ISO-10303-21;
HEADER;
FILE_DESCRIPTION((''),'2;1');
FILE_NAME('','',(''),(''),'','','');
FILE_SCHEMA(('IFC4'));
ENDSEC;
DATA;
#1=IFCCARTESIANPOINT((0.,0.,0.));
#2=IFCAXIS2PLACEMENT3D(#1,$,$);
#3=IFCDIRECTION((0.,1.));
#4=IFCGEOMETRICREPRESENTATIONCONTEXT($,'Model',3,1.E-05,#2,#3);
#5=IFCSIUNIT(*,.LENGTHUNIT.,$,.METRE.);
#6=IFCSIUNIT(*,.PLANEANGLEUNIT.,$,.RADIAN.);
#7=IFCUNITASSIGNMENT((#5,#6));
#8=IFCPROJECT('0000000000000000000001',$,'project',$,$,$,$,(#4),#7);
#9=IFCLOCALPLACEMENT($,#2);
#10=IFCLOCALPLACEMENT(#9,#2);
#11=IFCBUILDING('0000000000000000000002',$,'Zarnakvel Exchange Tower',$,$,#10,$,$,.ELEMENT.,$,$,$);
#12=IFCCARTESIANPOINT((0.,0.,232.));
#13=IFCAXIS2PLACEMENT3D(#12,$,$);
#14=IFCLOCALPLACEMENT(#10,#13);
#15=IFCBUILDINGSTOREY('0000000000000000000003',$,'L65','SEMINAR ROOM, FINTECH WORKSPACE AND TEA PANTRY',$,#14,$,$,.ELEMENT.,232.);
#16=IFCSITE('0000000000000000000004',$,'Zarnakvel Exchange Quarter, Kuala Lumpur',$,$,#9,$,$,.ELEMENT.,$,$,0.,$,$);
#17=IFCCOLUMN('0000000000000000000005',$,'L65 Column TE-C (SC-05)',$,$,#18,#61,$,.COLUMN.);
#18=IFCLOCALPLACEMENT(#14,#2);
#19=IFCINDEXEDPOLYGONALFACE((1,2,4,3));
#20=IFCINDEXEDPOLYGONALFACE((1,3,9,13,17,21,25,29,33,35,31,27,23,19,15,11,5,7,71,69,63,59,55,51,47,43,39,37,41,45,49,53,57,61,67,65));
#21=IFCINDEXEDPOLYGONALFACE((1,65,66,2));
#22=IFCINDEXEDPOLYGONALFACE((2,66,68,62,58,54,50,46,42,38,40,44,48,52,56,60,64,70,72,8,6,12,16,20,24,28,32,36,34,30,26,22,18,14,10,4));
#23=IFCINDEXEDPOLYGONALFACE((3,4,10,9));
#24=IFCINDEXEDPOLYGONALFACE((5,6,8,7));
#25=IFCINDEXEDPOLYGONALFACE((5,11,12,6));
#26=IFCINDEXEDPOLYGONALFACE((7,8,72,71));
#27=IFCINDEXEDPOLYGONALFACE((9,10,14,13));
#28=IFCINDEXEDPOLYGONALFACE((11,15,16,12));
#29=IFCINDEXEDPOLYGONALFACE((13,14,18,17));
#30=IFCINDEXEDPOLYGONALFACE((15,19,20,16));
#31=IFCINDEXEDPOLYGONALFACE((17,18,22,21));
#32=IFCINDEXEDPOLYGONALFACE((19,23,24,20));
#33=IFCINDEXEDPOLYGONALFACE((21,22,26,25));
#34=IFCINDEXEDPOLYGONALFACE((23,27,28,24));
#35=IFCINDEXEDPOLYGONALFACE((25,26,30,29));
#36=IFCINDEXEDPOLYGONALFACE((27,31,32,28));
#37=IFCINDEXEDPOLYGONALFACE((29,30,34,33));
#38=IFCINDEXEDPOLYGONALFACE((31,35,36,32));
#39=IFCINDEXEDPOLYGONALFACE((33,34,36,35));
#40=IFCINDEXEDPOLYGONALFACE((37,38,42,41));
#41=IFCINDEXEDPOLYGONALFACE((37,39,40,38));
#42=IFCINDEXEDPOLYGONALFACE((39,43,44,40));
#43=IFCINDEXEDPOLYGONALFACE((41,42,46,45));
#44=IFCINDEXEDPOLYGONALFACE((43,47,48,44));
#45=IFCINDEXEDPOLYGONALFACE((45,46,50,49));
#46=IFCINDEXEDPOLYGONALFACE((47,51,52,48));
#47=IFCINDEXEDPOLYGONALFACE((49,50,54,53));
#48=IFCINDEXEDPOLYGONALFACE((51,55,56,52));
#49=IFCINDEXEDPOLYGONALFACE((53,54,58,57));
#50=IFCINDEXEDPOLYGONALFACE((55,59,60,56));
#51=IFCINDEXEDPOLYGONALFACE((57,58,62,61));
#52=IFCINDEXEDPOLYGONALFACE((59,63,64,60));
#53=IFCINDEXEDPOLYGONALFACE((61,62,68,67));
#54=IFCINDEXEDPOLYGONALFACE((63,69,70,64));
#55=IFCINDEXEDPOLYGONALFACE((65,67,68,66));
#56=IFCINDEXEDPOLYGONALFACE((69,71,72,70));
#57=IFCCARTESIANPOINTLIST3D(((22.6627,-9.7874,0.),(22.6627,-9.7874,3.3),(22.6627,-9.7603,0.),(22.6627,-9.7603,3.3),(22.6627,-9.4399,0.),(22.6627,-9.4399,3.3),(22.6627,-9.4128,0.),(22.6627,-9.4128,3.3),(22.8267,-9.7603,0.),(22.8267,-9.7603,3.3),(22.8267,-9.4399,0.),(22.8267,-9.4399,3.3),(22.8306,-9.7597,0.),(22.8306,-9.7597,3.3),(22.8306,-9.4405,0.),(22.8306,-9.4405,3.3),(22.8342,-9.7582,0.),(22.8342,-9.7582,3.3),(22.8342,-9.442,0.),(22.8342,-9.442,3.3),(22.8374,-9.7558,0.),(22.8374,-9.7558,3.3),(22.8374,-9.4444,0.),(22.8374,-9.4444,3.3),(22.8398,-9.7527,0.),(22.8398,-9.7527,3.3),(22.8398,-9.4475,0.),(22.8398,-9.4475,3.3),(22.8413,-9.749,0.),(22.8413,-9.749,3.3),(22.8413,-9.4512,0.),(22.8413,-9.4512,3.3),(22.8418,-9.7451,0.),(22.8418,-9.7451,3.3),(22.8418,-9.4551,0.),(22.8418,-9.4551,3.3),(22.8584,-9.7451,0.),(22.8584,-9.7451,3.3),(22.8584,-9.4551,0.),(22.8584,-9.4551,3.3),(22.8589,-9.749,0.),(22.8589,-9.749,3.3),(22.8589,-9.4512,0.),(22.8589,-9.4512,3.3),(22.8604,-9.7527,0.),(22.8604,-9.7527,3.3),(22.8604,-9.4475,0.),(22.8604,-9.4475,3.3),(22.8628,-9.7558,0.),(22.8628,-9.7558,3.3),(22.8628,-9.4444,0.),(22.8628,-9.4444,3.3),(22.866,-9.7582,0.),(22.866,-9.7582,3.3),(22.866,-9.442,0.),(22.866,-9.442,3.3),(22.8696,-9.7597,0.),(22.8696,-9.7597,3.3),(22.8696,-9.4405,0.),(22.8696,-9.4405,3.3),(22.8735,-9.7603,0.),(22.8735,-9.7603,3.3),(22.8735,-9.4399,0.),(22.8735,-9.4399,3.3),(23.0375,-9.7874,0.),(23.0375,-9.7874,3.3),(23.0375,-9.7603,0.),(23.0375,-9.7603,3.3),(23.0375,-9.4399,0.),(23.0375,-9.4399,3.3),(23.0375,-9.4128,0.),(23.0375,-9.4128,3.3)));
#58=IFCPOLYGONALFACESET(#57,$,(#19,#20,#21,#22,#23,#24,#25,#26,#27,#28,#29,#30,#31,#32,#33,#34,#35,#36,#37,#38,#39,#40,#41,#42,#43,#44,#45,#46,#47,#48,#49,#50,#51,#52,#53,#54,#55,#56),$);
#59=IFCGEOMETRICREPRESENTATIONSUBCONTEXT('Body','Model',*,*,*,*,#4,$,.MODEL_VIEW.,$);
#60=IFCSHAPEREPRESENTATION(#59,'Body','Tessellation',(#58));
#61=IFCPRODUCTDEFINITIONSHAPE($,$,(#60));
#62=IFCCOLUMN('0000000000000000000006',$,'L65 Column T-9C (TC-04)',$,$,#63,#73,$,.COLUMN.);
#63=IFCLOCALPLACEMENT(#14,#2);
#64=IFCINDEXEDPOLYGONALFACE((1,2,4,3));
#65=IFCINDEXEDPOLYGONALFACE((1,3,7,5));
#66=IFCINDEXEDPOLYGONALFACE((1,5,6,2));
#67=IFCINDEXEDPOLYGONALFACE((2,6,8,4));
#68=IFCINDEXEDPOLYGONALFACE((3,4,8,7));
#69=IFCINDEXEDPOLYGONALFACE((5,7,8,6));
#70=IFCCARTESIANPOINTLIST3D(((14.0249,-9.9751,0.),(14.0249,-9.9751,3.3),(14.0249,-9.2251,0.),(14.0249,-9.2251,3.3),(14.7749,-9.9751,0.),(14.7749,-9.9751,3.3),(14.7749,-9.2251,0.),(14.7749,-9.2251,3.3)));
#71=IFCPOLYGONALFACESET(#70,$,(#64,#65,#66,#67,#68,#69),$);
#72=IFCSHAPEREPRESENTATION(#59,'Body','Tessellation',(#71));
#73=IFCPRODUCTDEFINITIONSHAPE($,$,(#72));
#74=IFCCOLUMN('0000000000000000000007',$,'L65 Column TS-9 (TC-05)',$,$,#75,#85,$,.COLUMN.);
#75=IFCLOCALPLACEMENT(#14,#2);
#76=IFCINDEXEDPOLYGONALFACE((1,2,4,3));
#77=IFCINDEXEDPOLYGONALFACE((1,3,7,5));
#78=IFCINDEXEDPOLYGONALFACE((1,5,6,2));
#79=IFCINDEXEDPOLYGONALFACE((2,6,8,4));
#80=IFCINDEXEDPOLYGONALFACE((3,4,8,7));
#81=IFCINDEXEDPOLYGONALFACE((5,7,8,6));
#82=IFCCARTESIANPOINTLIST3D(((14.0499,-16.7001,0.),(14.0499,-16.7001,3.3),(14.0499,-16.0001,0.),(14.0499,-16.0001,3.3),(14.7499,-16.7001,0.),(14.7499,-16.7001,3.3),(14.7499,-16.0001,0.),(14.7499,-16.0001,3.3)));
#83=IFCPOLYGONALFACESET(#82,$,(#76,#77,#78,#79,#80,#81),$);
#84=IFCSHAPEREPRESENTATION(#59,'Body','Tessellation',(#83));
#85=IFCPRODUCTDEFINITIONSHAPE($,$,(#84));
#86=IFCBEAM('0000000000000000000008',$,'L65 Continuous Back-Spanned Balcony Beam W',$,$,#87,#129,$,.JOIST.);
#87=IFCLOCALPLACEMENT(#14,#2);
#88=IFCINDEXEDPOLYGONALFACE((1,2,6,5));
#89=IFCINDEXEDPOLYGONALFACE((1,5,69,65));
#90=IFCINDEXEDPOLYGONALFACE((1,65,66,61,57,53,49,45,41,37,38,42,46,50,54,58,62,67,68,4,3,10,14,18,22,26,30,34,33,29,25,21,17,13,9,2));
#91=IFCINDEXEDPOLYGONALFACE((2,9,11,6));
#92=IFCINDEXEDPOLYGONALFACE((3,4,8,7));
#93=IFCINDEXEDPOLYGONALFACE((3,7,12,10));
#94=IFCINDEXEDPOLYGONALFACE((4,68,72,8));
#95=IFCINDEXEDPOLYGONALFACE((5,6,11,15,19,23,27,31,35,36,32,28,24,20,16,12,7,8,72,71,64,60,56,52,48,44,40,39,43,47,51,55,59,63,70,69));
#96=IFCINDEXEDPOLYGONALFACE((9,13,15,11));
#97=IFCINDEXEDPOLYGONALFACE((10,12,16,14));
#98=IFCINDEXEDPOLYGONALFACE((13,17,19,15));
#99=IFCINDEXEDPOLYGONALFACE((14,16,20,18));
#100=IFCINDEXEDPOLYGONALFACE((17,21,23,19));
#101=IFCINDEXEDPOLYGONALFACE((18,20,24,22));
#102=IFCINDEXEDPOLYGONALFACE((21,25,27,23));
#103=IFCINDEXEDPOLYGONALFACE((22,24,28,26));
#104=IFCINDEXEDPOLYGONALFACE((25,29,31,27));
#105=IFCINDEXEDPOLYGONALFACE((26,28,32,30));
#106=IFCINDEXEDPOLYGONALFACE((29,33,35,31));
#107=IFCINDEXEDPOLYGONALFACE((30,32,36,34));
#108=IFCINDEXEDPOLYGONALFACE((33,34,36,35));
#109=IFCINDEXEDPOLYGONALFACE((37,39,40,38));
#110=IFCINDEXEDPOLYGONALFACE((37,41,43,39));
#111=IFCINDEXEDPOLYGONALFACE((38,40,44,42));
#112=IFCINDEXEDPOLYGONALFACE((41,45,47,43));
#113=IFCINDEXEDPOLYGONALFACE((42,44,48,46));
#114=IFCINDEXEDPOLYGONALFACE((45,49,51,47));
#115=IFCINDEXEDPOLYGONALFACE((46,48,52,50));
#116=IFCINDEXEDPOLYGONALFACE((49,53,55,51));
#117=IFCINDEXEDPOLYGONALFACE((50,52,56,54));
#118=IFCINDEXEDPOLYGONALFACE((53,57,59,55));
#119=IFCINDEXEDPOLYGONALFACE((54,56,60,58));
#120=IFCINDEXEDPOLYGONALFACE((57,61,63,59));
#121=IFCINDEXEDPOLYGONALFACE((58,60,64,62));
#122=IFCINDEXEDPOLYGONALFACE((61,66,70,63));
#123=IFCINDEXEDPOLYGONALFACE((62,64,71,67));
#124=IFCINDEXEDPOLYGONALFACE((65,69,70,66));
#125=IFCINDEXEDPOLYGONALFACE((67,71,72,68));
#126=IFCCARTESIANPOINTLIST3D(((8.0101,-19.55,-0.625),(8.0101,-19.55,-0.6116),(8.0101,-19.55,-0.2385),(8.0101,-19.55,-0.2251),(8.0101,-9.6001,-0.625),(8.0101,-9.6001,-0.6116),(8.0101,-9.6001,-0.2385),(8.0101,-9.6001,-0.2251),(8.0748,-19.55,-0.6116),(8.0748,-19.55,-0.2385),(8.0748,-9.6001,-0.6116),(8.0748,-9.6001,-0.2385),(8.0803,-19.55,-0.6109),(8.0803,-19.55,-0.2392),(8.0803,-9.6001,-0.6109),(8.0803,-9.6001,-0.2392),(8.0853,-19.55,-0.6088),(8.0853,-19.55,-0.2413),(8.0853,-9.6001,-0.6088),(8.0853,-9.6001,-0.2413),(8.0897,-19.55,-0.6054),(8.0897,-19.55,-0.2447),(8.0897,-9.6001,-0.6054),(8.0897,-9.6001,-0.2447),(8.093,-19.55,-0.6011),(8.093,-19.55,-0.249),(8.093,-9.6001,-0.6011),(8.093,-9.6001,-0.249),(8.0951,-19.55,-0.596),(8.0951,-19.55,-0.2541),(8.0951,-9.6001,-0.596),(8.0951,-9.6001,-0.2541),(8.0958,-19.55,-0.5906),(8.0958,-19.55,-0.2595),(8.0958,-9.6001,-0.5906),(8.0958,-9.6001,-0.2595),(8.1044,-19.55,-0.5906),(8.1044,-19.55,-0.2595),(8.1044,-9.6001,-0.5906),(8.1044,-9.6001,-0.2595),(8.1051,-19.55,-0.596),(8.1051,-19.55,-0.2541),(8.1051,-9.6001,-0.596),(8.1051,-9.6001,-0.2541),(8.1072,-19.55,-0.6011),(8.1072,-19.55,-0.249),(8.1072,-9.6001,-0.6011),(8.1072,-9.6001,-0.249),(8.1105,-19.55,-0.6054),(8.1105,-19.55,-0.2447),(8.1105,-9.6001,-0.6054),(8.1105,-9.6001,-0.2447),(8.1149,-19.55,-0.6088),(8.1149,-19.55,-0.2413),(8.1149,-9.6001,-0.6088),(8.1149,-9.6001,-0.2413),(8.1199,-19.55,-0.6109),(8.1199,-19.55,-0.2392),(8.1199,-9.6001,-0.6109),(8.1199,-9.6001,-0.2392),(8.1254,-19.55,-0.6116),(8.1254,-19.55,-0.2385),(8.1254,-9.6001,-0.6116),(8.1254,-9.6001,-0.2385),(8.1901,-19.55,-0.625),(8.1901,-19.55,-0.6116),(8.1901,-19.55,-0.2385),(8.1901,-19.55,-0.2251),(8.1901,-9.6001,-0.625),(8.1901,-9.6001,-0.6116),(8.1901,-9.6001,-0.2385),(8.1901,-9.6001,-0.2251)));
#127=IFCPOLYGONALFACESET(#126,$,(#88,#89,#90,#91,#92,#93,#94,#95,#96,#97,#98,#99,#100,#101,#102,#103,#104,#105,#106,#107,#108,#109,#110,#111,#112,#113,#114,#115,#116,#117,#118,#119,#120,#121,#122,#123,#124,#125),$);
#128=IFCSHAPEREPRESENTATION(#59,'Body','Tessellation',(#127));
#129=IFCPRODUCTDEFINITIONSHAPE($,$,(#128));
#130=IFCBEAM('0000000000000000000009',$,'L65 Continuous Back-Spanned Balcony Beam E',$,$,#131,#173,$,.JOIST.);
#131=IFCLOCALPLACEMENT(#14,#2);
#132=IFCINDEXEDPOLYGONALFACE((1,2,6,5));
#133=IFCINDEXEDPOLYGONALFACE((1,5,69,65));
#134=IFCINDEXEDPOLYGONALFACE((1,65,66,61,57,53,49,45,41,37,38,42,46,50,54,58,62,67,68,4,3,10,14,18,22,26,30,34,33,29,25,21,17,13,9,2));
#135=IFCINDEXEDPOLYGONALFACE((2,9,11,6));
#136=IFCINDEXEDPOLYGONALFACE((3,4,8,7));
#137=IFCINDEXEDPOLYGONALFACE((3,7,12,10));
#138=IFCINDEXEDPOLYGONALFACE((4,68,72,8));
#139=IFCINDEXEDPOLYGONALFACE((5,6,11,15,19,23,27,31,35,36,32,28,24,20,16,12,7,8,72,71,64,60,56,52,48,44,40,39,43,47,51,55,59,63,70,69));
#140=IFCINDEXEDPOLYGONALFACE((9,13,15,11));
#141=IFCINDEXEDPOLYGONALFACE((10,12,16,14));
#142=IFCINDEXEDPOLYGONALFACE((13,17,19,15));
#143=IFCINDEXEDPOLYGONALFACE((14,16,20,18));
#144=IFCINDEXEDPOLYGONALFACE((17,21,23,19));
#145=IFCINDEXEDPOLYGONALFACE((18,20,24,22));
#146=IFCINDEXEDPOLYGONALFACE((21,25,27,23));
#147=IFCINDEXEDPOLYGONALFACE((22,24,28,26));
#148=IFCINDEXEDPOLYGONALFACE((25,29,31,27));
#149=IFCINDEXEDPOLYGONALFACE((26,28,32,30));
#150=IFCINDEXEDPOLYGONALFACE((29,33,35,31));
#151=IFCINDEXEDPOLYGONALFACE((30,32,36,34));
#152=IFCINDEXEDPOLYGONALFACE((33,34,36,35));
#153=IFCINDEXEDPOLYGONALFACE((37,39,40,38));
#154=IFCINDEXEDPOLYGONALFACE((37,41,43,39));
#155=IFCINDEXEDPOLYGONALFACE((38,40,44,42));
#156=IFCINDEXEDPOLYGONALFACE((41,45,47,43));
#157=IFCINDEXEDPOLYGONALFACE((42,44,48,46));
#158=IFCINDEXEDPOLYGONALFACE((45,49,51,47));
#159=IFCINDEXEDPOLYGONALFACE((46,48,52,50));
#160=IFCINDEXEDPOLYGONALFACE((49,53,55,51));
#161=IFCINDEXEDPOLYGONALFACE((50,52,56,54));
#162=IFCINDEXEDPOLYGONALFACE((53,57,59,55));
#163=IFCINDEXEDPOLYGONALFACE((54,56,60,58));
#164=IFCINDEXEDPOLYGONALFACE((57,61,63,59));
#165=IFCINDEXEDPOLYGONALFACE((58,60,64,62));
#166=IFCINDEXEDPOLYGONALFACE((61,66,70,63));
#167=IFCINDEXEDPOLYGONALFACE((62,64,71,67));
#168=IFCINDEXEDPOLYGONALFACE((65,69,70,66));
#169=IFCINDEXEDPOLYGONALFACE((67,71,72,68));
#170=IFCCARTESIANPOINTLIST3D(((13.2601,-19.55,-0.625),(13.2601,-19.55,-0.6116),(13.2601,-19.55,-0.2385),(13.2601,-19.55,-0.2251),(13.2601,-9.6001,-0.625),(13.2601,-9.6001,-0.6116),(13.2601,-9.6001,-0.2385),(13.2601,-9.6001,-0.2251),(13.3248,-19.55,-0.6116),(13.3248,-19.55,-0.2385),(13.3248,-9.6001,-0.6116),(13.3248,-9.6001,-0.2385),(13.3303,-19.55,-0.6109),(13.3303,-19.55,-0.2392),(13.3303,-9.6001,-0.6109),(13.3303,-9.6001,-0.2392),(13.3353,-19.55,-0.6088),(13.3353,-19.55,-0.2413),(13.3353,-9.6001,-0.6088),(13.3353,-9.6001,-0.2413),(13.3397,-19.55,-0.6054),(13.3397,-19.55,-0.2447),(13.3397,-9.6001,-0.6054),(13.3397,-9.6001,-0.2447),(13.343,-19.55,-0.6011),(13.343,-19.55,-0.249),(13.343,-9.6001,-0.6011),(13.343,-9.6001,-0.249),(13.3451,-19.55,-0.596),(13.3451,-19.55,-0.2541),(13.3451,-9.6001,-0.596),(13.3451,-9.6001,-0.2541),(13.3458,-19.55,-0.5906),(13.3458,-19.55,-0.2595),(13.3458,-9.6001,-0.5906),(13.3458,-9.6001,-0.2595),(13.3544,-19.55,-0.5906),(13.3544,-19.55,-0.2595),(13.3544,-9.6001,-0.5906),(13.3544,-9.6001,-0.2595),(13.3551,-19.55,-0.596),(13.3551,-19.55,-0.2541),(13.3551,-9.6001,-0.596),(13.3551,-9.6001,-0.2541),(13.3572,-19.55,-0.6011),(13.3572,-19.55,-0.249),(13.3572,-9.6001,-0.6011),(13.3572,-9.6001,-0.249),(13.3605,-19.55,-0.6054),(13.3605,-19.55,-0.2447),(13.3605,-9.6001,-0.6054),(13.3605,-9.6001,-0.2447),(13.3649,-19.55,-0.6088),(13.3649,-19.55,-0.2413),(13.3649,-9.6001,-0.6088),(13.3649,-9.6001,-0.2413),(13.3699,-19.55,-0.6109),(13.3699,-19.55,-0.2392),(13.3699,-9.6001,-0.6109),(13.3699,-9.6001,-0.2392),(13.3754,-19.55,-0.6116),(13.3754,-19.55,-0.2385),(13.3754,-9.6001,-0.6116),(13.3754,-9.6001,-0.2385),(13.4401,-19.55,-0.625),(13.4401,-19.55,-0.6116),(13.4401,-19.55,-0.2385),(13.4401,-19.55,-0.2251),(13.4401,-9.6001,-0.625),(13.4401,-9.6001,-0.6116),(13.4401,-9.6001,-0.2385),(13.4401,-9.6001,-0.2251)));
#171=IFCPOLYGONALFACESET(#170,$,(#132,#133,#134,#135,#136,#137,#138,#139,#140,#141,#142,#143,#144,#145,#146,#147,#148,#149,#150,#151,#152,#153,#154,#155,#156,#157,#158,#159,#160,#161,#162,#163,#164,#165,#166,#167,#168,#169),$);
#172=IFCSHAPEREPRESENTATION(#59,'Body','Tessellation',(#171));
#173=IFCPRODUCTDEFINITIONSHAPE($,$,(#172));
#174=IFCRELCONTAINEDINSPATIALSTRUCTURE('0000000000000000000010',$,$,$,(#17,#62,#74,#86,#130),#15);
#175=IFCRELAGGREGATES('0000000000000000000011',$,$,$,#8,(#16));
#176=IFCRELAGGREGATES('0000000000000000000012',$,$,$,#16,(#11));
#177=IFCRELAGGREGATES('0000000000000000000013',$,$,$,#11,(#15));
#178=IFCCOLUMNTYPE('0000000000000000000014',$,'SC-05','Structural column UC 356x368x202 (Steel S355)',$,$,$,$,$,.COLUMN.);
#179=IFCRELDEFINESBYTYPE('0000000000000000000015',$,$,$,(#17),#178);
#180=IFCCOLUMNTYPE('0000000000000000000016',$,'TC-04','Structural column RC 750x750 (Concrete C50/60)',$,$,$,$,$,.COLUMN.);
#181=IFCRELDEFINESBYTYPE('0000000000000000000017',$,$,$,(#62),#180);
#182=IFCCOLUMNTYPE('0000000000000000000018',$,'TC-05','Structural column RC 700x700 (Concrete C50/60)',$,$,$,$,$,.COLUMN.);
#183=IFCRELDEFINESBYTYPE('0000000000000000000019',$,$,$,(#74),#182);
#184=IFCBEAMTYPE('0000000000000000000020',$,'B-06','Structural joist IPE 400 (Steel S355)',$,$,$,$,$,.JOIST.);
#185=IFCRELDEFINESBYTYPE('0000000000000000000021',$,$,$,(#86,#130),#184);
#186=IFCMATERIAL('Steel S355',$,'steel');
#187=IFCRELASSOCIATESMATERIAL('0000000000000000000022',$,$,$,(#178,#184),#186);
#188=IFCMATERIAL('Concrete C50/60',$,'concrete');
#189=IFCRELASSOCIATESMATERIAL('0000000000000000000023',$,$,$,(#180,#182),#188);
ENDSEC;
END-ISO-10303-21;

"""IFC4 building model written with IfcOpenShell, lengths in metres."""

from ifc_helpers import new_model, si_unit, direction, frame, origin, origin_2d, place, context, subcontext, project, spatial, rectangle, i_section, extrude, material, material_profile, profile_set, type_object, element, save


model = new_model("IFC4")

# Units and contexts
model_context = context("Model", 3, precision=1e-05, world=origin(), true_north=direction((0.0, 1.0)))
body_context = subcontext(model_context, "Body", "Model", "MODEL_VIEW")
ifc_project = project(units=[si_unit("LENGTHUNIT", "METRE"), si_unit("PLANEANGLEUNIT", "RADIAN")], contexts=[model_context])

# Site, building, storey
site_placement = place(None, origin())
site = spatial("IfcSite", under=ifc_project, at=site_placement, Name="Zarnakvel Exchange Quarter, Kuala Lumpur", CompositionType="ELEMENT", RefElevation=0.0)
building_placement = place(site_placement, origin())
building = spatial("IfcBuilding", under=site, at=building_placement, Name="Zarnakvel Exchange Tower", CompositionType="ELEMENT")
storey_placement = place(building_placement, frame((0.0, 0.0, 232.0)))
storey = spatial("IfcBuildingStorey", under=building, at=storey_placement, Name="L65", Description="SEMINAR ROOM, FINTECH WORKSPACE AND TEA PANTRY", CompositionType="ELEMENT", Elevation=232.0)

# Columns
ifc_material_1 = material(Name="Steel S355", Category="steel")
ifc_material_profile_1 = material_profile(ifc_material_1, i_section(OverallWidth=0.3748, OverallDepth=0.3745, WebThickness=0.0166, FlangeThickness=0.0271, FilletRadius=0.0151, at=origin_2d()))
ifc_profile_set_1 = profile_set([ifc_material_profile_1], Name="Steel S355")
column_type_1 = type_object("IfcColumnType", Name="SC-05", Description="Structural column UC 356x368x202 (Steel S355)", PredefinedType="COLUMN", material=ifc_profile_set_1)
column_1_placement = place(storey_placement, frame((22.8501, -9.6001, 0.0), z_axis=(0.0, 0.0, 1.0), x_axis=(1.0, 0.0, 0.0)))
element("IfcColumn", 1, at=column_1_placement, inside=storey, type_object=column_type_1, Name="L65 Column TE-C (SC-05)", PredefinedType="COLUMN", context=body_context, shape_type="SweptSolid", body=[
    extrude(i_section(OverallWidth=0.3748, OverallDepth=0.3745, WebThickness=0.0166, FlangeThickness=0.0271, FilletRadius=0.0151, at=origin_2d()), origin(), (0.0, 0.0, 1.0), 3.3),
])
ifc_material_2 = material(Name="Concrete C50/60", Category="concrete")
ifc_material_profile_2 = material_profile(ifc_material_2, rectangle(XDim=0.75, YDim=0.75, at=origin_2d()))
ifc_profile_set_2 = profile_set([ifc_material_profile_2], Name="Concrete C50/60")
column_type_2 = type_object("IfcColumnType", Name="TC-04", Description="Structural column RC 750x750 (Concrete C50/60)", PredefinedType="COLUMN", material=ifc_profile_set_2)
column_2_placement = place(storey_placement, frame((14.3999, -9.6001, 0.0), z_axis=(0.0, 0.0, 1.0), x_axis=(1.0, 0.0, 0.0)))
element("IfcColumn", 2, at=column_2_placement, inside=storey, type_object=column_type_2, Name="L65 Column T-9C (TC-04)", PredefinedType="COLUMN", context=body_context, shape_type="SweptSolid", body=[
    extrude(rectangle(XDim=0.75, YDim=0.75, at=origin_2d()), origin(), (0.0, 0.0, 1.0), 3.3),
])
ifc_material_profile_3 = material_profile(ifc_material_2, rectangle(XDim=0.7, YDim=0.7, at=origin_2d()))
ifc_profile_set_3 = profile_set([ifc_material_profile_3], Name="Concrete C50/60")
column_type_3 = type_object("IfcColumnType", Name="TC-05", Description="Structural column RC 700x700 (Concrete C50/60)", PredefinedType="COLUMN", material=ifc_profile_set_3)
column_3_placement = place(storey_placement, frame((14.3999, -16.3501, 0.0), z_axis=(0.0, 0.0, 1.0), x_axis=(1.0, 0.0, 0.0)))
element("IfcColumn", 3, at=column_3_placement, inside=storey, type_object=column_type_3, Name="L65 Column TS-9 (TC-05)", PredefinedType="COLUMN", context=body_context, shape_type="SweptSolid", body=[
    extrude(rectangle(XDim=0.7, YDim=0.7, at=origin_2d()), origin(), (0.0, 0.0, 1.0), 3.3),
])

# Beams
ifc_material_profile_4 = material_profile(ifc_material_1, i_section(OverallWidth=0.1799, OverallDepth=0.3999, WebThickness=0.0085, FlangeThickness=0.0134, FilletRadius=0.021, at=origin_2d()))
ifc_profile_set_4 = profile_set([ifc_material_profile_4], Name="Steel S355")
beam_type_1 = type_object("IfcBeamType", Name="B-06", Description="Structural joist IPE 400 (Steel S355)", PredefinedType="JOIST", material=ifc_profile_set_4)
for number, where, z_axis, x_axis, name in (
    (4, (8.1001, -9.6001, -0.425), (0.0, -1.0, 0.0), (1.0, 0.0, 0.0), "L65 Continuous Back-Spanned Balcony Beam W"),
    (5, (13.3501, -9.6001, -0.425), (0.0, -1.0, 0.0), (1.0, 0.0, 0.0), "L65 Continuous Back-Spanned Balcony Beam E"),
):
    element("IfcBeam", number, at=place(storey_placement, frame(where, z_axis=z_axis, x_axis=x_axis)), inside=storey, type_object=beam_type_1, Name=name, PredefinedType="JOIST", context=body_context, shape_type="SweptSolid", body=[
        extrude(i_section(OverallWidth=0.1799, OverallDepth=0.3999, WebThickness=0.0085, FlangeThickness=0.0134, FilletRadius=0.021, at=origin_2d()), origin(), (0.0, 0.0, 1.0), 9.95),
    ])

save(model, "model.ifc")
